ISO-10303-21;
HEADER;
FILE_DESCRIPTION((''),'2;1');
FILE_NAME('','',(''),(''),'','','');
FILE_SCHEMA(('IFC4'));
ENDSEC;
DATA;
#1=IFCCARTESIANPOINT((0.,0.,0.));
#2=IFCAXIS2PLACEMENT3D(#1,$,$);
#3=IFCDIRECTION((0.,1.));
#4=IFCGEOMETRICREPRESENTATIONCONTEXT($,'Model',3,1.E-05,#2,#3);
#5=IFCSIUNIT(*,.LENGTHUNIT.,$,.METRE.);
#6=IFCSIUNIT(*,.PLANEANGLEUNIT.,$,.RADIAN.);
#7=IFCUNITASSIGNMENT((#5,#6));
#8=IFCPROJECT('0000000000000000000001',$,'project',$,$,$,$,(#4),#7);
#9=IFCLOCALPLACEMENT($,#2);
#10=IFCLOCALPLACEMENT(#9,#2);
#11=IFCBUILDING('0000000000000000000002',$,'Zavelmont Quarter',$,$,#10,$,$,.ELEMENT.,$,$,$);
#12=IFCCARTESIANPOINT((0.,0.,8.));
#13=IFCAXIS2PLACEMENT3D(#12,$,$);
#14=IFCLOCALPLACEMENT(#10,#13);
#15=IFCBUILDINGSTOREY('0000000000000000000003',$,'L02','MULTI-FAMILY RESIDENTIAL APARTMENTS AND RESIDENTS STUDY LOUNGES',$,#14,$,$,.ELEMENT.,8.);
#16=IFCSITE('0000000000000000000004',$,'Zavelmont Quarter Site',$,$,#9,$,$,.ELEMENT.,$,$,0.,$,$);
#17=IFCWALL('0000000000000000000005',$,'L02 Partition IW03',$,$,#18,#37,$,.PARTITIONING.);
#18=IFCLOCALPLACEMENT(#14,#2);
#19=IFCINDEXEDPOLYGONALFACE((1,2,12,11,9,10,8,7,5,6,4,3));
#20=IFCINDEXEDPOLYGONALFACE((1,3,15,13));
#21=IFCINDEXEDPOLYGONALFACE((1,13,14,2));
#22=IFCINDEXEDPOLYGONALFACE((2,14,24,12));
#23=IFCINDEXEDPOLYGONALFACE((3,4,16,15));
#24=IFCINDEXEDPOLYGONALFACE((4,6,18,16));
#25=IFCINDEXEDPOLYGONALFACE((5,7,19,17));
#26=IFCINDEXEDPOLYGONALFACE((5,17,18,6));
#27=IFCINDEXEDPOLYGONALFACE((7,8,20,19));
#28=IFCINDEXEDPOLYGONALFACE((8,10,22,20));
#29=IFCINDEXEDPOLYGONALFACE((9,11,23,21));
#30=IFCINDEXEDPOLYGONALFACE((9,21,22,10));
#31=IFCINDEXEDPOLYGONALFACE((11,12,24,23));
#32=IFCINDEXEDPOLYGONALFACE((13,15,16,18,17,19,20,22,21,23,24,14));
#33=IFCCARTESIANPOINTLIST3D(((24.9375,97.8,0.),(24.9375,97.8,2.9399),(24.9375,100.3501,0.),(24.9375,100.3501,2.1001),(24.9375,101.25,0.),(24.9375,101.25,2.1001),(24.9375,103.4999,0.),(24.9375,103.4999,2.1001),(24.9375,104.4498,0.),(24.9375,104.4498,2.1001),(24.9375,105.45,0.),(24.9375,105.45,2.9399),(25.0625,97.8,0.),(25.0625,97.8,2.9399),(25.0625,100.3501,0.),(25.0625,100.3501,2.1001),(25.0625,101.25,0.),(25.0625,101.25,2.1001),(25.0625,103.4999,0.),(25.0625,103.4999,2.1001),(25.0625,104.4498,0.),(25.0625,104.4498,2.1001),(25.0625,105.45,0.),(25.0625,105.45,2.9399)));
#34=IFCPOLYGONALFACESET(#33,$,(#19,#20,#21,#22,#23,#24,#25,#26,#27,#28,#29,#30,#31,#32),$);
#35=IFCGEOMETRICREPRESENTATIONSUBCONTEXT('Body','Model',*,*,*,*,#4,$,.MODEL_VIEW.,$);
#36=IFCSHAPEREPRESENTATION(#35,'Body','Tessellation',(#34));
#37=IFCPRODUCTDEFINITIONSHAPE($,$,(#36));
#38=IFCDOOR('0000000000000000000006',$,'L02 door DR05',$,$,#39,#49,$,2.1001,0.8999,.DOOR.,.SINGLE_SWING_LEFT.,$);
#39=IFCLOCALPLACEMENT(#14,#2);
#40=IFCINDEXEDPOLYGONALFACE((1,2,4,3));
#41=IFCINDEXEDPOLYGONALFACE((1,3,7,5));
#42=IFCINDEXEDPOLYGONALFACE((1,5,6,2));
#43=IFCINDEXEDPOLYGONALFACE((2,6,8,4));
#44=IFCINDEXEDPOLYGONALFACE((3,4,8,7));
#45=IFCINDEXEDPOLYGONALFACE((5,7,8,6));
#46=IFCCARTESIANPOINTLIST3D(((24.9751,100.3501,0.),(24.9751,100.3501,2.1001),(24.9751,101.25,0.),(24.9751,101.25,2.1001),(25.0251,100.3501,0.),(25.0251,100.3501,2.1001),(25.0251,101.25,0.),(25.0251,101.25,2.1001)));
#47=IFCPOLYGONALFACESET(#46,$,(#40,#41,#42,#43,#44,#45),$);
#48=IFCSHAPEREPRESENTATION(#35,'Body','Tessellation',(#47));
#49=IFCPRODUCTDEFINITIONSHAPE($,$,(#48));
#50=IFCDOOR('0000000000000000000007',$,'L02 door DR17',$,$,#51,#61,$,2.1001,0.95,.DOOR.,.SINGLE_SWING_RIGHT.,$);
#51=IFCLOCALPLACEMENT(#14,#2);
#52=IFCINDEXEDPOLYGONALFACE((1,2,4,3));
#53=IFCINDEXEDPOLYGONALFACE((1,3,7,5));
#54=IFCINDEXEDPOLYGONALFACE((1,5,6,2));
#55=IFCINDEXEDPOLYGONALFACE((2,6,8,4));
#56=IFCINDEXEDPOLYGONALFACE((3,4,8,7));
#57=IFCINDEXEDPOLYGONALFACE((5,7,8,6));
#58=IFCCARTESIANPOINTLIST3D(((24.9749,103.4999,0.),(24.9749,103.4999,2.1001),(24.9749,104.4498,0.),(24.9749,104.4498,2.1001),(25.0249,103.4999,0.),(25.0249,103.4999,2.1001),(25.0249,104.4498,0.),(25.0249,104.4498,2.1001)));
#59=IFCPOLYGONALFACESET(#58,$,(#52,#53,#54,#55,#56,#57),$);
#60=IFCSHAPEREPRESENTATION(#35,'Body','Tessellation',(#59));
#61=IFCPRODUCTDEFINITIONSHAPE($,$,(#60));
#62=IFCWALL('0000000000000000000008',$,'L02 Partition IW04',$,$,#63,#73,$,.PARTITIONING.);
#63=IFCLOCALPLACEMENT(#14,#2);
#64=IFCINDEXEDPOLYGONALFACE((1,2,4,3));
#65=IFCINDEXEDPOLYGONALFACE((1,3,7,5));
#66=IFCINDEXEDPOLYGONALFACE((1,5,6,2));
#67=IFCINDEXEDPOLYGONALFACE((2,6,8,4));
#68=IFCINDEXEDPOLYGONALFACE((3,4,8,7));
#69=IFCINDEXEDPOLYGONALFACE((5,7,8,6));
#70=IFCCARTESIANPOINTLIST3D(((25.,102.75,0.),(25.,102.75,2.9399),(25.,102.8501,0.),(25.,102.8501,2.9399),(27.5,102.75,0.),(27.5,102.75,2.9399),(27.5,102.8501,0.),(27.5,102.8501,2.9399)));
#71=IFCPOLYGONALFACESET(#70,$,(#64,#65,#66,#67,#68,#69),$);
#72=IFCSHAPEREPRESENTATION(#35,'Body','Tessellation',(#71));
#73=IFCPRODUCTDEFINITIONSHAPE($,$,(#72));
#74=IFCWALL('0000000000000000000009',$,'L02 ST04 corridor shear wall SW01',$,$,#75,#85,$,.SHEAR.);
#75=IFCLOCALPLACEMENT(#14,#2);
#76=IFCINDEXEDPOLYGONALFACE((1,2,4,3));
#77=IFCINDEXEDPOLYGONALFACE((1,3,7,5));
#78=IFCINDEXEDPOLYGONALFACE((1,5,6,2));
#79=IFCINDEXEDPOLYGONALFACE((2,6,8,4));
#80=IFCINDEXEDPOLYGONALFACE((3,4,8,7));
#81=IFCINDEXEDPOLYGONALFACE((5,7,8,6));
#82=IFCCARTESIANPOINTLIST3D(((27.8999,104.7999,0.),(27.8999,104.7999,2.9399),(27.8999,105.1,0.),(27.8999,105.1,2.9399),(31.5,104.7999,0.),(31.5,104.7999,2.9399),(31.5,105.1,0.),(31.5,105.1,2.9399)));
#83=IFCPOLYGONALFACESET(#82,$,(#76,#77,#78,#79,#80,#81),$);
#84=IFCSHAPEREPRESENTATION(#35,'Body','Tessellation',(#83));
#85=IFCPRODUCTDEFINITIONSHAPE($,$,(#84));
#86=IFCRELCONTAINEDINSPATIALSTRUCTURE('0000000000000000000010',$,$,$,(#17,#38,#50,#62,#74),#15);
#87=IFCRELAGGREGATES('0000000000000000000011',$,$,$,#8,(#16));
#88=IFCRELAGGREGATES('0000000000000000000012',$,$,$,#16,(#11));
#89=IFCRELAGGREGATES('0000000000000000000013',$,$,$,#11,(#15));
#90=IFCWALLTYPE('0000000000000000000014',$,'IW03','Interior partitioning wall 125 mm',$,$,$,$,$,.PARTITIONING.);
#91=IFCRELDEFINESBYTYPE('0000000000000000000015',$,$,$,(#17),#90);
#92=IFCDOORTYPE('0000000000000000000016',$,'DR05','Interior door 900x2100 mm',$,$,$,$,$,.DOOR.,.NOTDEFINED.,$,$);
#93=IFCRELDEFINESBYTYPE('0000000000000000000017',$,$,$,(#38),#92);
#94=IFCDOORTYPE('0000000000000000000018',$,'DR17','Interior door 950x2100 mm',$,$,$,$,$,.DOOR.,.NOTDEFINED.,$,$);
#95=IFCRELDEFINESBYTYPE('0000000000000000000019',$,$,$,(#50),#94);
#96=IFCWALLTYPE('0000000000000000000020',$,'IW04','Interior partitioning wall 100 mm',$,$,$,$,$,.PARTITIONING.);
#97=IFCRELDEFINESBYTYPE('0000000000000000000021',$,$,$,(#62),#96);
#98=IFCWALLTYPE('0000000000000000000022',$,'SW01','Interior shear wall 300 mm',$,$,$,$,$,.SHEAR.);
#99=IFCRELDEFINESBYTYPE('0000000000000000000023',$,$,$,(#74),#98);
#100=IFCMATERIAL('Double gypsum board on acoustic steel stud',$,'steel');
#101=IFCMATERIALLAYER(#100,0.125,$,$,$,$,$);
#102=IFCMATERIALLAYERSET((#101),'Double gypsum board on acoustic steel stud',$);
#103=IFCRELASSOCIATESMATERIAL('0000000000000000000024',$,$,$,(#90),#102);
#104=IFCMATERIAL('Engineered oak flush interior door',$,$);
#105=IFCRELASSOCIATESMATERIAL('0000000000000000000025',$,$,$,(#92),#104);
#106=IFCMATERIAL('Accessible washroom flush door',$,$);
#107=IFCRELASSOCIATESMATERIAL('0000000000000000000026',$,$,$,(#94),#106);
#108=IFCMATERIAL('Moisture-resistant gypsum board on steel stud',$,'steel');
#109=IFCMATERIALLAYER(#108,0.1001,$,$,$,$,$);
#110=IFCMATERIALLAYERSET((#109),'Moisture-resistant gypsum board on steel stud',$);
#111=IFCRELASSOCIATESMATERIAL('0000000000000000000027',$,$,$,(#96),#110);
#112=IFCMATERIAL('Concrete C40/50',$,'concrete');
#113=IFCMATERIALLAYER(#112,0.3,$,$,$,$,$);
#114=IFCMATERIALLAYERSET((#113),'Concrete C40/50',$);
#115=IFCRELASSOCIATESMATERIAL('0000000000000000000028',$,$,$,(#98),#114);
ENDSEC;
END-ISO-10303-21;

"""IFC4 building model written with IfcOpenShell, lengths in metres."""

from ifc_helpers import new_model, si_unit, direction, frame, frame_2d, origin, origin_with_axes, place, context, subcontext, project, spatial, rectangle, extrude, material, layer, layer_set, type_object, element, fill, save


model = new_model("IFC4")

# Units and contexts
model_context = context("Model", 3, precision=1e-05, world=origin(), true_north=direction((0.0, 1.0)))
body_context = subcontext(model_context, "Body", "Model", "MODEL_VIEW")
ifc_project = project(units=[si_unit("LENGTHUNIT", "METRE"), si_unit("PLANEANGLEUNIT", "RADIAN")], contexts=[model_context])

# Site, building, storey
site_placement = place(None, origin())
site = spatial("IfcSite", under=ifc_project, at=site_placement, Name="Zavelmont Quarter Site", CompositionType="ELEMENT", RefElevation=0.0)
building_placement = place(site_placement, origin())
building = spatial("IfcBuilding", under=site, at=building_placement, Name="Zavelmont Quarter", CompositionType="ELEMENT")
storey_placement = place(building_placement, frame((0.0, 0.0, 8.0)))
storey = spatial("IfcBuildingStorey", under=building, at=storey_placement, Name="L02", Description="MULTI-FAMILY RESIDENTIAL APARTMENTS AND RESIDENTS STUDY LOUNGES", CompositionType="ELEMENT", Elevation=8.0)

# Shared definitions
ifc_material_1 = material(Name="Concrete C40/50", Category="concrete")

# Wall, openings, doors
ifc_material_2 = material(Name="Double gypsum board on acoustic steel stud", Category="steel")
ifc_layer_1 = layer(ifc_material_2, 0.125)
ifc_layer_set_1 = layer_set([ifc_layer_1], Name="Double gypsum board on acoustic steel stud")
wall_type_1 = type_object("IfcWallType", Name="IW03", Description="Interior partitioning wall 125 mm", PredefinedType="PARTITIONING", material=ifc_layer_set_1)
wall_1_placement = place(storey_placement, frame((25.0, 105.45, 0.0), z_axis=(0.0, 0.0, 1.0), x_axis=(0.0, -1.0, 0.0)))
wall_1 = element("IfcWall", 1, at=wall_1_placement, inside=storey, type_object=wall_type_1, Name="L02 Partition IW03", PredefinedType="PARTITIONING", context=body_context, shape_type="SweptSolid", body=[
    extrude(rectangle(XDim=7.6499, YDim=0.125, at=frame_2d((3.825, 0.0))), origin(), (0.0, 0.0, 1.0), 2.9399),
])
opening_1_placement = place(wall_1_placement, frame((1.0, 0.0, 0.0)))
opening_1 = element("IfcOpeningElement", 2, at=opening_1_placement, cuts=wall_1, PredefinedType="OPENING", context=body_context, shape_type="SweptSolid", body=[
    extrude(rectangle(XDim=0.95, YDim=2.1001, at=frame_2d((0.4751, 1.05))), frame((0.0, 0.0745, 0.0), z_axis=(0.0, -1.0, 0.0), x_axis=(1.0, 0.0, 0.0)), (0.0, 0.0, 1.0), 0.1489),
])
opening_2_placement = place(wall_1_placement, frame((4.2, 0.0, 0.0)))
opening_2 = element("IfcOpeningElement", 3, at=opening_2_placement, cuts=wall_1, PredefinedType="OPENING", context=body_context, shape_type="SweptSolid", body=[
    extrude(rectangle(XDim=0.8999, YDim=2.1001, at=frame_2d((0.45, 1.05))), frame((0.0, 0.0745, 0.0), z_axis=(0.0, -1.0, 0.0), x_axis=(1.0, 0.0, 0.0)), (0.0, 0.0, 1.0), 0.1489),
])
ifc_material_3 = material(Name="Engineered oak flush interior door")
door_type_1 = type_object("IfcDoorType", Name="DR05", Description="Interior door 900x2100 mm", OperationType="NOTDEFINED", PredefinedType="DOOR", material=ifc_material_3)
door_1_placement = place(opening_2_placement, frame((0.8999, 0.0, 0.0), z_axis=(0.0, 0.0, 1.0), x_axis=(-1.0, 0.0, 0.0)))
door_1 = element("IfcDoor", 4, at=door_1_placement, inside=storey, type_object=door_type_1, Name="L02 door DR05", OperationType="SINGLE_SWING_LEFT", OverallHeight=2.1001, OverallWidth=0.8999, PredefinedType="DOOR", context=body_context, shape_type="SweptSolid", body=[
    extrude(rectangle(XDim=0.8999, YDim=2.1001, at=frame_2d((0.45, 1.05))), frame((0.0, 0.0249, 0.0), z_axis=(0.0, -1.0, 0.0), x_axis=(1.0, 0.0, 0.0)), (0.0, 0.0, 1.0), 0.05),
])
fill(opening_2, door_1)
ifc_material_4 = material(Name="Accessible washroom flush door")
door_type_2 = type_object("IfcDoorType", Name="DR17", Description="Interior door 950x2100 mm", OperationType="NOTDEFINED", PredefinedType="DOOR", material=ifc_material_4)
door_2_placement = place(opening_1_placement, origin_with_axes())
door_2 = element("IfcDoor", 5, at=door_2_placement, inside=storey, type_object=door_type_2, Name="L02 door DR17", OperationType="SINGLE_SWING_RIGHT", OverallHeight=2.1001, OverallWidth=0.95, PredefinedType="DOOR", context=body_context, shape_type="SweptSolid", body=[
    extrude(rectangle(XDim=0.95, YDim=2.1001, at=frame_2d((0.4751, 1.05))), frame((0.0, 0.0249, 0.0), z_axis=(0.0, -1.0, 0.0), x_axis=(1.0, 0.0, 0.0)), (0.0, 0.0, 1.0), 0.05),
])
fill(opening_1, door_2)

# Walls
ifc_material_5 = material(Name="Moisture-resistant gypsum board on steel stud", Category="steel")
ifc_layer_2 = layer(ifc_material_5, 0.1001)
ifc_layer_set_2 = layer_set([ifc_layer_2], Name="Moisture-resistant gypsum board on steel stud")
wall_type_2 = type_object("IfcWallType", Name="IW04", Description="Interior partitioning wall 100 mm", PredefinedType="PARTITIONING", material=ifc_layer_set_2)
wall_2_placement = place(storey_placement, frame((25.0, 102.8, 0.0), z_axis=(0.0, 0.0, 1.0), x_axis=(1.0, 0.0, 0.0)))
element("IfcWall", 6, at=wall_2_placement, inside=storey, type_object=wall_type_2, Name="L02 Partition IW04", PredefinedType="PARTITIONING", context=body_context, shape_type="SweptSolid", body=[
    extrude(rectangle(XDim=2.5, YDim=0.1001, at=frame_2d((1.25, 0.0))), origin(), (0.0, 0.0, 1.0), 2.9399),
])
ifc_layer_3 = layer(ifc_material_1, 0.3)
ifc_layer_set_3 = layer_set([ifc_layer_3], Name="Concrete C40/50")
wall_type_3 = type_object("IfcWallType", Name="SW01", Description="Interior shear wall 300 mm", PredefinedType="SHEAR", material=ifc_layer_set_3)
wall_3_placement = place(storey_placement, frame((27.8999, 104.95, 0.0), z_axis=(0.0, 0.0, 1.0), x_axis=(1.0, 0.0, 0.0)))
element("IfcWall", 7, at=wall_3_placement, inside=storey, type_object=wall_type_3, Name="L02 ST04 corridor shear wall SW01", PredefinedType="SHEAR", context=body_context, shape_type="SweptSolid", body=[
    extrude(rectangle(XDim=3.6001, YDim=0.3, at=frame_2d((1.8, 0.0))), origin(), (0.0, 0.0, 1.0), 2.9399),
])

save(model, "model.ifc")
